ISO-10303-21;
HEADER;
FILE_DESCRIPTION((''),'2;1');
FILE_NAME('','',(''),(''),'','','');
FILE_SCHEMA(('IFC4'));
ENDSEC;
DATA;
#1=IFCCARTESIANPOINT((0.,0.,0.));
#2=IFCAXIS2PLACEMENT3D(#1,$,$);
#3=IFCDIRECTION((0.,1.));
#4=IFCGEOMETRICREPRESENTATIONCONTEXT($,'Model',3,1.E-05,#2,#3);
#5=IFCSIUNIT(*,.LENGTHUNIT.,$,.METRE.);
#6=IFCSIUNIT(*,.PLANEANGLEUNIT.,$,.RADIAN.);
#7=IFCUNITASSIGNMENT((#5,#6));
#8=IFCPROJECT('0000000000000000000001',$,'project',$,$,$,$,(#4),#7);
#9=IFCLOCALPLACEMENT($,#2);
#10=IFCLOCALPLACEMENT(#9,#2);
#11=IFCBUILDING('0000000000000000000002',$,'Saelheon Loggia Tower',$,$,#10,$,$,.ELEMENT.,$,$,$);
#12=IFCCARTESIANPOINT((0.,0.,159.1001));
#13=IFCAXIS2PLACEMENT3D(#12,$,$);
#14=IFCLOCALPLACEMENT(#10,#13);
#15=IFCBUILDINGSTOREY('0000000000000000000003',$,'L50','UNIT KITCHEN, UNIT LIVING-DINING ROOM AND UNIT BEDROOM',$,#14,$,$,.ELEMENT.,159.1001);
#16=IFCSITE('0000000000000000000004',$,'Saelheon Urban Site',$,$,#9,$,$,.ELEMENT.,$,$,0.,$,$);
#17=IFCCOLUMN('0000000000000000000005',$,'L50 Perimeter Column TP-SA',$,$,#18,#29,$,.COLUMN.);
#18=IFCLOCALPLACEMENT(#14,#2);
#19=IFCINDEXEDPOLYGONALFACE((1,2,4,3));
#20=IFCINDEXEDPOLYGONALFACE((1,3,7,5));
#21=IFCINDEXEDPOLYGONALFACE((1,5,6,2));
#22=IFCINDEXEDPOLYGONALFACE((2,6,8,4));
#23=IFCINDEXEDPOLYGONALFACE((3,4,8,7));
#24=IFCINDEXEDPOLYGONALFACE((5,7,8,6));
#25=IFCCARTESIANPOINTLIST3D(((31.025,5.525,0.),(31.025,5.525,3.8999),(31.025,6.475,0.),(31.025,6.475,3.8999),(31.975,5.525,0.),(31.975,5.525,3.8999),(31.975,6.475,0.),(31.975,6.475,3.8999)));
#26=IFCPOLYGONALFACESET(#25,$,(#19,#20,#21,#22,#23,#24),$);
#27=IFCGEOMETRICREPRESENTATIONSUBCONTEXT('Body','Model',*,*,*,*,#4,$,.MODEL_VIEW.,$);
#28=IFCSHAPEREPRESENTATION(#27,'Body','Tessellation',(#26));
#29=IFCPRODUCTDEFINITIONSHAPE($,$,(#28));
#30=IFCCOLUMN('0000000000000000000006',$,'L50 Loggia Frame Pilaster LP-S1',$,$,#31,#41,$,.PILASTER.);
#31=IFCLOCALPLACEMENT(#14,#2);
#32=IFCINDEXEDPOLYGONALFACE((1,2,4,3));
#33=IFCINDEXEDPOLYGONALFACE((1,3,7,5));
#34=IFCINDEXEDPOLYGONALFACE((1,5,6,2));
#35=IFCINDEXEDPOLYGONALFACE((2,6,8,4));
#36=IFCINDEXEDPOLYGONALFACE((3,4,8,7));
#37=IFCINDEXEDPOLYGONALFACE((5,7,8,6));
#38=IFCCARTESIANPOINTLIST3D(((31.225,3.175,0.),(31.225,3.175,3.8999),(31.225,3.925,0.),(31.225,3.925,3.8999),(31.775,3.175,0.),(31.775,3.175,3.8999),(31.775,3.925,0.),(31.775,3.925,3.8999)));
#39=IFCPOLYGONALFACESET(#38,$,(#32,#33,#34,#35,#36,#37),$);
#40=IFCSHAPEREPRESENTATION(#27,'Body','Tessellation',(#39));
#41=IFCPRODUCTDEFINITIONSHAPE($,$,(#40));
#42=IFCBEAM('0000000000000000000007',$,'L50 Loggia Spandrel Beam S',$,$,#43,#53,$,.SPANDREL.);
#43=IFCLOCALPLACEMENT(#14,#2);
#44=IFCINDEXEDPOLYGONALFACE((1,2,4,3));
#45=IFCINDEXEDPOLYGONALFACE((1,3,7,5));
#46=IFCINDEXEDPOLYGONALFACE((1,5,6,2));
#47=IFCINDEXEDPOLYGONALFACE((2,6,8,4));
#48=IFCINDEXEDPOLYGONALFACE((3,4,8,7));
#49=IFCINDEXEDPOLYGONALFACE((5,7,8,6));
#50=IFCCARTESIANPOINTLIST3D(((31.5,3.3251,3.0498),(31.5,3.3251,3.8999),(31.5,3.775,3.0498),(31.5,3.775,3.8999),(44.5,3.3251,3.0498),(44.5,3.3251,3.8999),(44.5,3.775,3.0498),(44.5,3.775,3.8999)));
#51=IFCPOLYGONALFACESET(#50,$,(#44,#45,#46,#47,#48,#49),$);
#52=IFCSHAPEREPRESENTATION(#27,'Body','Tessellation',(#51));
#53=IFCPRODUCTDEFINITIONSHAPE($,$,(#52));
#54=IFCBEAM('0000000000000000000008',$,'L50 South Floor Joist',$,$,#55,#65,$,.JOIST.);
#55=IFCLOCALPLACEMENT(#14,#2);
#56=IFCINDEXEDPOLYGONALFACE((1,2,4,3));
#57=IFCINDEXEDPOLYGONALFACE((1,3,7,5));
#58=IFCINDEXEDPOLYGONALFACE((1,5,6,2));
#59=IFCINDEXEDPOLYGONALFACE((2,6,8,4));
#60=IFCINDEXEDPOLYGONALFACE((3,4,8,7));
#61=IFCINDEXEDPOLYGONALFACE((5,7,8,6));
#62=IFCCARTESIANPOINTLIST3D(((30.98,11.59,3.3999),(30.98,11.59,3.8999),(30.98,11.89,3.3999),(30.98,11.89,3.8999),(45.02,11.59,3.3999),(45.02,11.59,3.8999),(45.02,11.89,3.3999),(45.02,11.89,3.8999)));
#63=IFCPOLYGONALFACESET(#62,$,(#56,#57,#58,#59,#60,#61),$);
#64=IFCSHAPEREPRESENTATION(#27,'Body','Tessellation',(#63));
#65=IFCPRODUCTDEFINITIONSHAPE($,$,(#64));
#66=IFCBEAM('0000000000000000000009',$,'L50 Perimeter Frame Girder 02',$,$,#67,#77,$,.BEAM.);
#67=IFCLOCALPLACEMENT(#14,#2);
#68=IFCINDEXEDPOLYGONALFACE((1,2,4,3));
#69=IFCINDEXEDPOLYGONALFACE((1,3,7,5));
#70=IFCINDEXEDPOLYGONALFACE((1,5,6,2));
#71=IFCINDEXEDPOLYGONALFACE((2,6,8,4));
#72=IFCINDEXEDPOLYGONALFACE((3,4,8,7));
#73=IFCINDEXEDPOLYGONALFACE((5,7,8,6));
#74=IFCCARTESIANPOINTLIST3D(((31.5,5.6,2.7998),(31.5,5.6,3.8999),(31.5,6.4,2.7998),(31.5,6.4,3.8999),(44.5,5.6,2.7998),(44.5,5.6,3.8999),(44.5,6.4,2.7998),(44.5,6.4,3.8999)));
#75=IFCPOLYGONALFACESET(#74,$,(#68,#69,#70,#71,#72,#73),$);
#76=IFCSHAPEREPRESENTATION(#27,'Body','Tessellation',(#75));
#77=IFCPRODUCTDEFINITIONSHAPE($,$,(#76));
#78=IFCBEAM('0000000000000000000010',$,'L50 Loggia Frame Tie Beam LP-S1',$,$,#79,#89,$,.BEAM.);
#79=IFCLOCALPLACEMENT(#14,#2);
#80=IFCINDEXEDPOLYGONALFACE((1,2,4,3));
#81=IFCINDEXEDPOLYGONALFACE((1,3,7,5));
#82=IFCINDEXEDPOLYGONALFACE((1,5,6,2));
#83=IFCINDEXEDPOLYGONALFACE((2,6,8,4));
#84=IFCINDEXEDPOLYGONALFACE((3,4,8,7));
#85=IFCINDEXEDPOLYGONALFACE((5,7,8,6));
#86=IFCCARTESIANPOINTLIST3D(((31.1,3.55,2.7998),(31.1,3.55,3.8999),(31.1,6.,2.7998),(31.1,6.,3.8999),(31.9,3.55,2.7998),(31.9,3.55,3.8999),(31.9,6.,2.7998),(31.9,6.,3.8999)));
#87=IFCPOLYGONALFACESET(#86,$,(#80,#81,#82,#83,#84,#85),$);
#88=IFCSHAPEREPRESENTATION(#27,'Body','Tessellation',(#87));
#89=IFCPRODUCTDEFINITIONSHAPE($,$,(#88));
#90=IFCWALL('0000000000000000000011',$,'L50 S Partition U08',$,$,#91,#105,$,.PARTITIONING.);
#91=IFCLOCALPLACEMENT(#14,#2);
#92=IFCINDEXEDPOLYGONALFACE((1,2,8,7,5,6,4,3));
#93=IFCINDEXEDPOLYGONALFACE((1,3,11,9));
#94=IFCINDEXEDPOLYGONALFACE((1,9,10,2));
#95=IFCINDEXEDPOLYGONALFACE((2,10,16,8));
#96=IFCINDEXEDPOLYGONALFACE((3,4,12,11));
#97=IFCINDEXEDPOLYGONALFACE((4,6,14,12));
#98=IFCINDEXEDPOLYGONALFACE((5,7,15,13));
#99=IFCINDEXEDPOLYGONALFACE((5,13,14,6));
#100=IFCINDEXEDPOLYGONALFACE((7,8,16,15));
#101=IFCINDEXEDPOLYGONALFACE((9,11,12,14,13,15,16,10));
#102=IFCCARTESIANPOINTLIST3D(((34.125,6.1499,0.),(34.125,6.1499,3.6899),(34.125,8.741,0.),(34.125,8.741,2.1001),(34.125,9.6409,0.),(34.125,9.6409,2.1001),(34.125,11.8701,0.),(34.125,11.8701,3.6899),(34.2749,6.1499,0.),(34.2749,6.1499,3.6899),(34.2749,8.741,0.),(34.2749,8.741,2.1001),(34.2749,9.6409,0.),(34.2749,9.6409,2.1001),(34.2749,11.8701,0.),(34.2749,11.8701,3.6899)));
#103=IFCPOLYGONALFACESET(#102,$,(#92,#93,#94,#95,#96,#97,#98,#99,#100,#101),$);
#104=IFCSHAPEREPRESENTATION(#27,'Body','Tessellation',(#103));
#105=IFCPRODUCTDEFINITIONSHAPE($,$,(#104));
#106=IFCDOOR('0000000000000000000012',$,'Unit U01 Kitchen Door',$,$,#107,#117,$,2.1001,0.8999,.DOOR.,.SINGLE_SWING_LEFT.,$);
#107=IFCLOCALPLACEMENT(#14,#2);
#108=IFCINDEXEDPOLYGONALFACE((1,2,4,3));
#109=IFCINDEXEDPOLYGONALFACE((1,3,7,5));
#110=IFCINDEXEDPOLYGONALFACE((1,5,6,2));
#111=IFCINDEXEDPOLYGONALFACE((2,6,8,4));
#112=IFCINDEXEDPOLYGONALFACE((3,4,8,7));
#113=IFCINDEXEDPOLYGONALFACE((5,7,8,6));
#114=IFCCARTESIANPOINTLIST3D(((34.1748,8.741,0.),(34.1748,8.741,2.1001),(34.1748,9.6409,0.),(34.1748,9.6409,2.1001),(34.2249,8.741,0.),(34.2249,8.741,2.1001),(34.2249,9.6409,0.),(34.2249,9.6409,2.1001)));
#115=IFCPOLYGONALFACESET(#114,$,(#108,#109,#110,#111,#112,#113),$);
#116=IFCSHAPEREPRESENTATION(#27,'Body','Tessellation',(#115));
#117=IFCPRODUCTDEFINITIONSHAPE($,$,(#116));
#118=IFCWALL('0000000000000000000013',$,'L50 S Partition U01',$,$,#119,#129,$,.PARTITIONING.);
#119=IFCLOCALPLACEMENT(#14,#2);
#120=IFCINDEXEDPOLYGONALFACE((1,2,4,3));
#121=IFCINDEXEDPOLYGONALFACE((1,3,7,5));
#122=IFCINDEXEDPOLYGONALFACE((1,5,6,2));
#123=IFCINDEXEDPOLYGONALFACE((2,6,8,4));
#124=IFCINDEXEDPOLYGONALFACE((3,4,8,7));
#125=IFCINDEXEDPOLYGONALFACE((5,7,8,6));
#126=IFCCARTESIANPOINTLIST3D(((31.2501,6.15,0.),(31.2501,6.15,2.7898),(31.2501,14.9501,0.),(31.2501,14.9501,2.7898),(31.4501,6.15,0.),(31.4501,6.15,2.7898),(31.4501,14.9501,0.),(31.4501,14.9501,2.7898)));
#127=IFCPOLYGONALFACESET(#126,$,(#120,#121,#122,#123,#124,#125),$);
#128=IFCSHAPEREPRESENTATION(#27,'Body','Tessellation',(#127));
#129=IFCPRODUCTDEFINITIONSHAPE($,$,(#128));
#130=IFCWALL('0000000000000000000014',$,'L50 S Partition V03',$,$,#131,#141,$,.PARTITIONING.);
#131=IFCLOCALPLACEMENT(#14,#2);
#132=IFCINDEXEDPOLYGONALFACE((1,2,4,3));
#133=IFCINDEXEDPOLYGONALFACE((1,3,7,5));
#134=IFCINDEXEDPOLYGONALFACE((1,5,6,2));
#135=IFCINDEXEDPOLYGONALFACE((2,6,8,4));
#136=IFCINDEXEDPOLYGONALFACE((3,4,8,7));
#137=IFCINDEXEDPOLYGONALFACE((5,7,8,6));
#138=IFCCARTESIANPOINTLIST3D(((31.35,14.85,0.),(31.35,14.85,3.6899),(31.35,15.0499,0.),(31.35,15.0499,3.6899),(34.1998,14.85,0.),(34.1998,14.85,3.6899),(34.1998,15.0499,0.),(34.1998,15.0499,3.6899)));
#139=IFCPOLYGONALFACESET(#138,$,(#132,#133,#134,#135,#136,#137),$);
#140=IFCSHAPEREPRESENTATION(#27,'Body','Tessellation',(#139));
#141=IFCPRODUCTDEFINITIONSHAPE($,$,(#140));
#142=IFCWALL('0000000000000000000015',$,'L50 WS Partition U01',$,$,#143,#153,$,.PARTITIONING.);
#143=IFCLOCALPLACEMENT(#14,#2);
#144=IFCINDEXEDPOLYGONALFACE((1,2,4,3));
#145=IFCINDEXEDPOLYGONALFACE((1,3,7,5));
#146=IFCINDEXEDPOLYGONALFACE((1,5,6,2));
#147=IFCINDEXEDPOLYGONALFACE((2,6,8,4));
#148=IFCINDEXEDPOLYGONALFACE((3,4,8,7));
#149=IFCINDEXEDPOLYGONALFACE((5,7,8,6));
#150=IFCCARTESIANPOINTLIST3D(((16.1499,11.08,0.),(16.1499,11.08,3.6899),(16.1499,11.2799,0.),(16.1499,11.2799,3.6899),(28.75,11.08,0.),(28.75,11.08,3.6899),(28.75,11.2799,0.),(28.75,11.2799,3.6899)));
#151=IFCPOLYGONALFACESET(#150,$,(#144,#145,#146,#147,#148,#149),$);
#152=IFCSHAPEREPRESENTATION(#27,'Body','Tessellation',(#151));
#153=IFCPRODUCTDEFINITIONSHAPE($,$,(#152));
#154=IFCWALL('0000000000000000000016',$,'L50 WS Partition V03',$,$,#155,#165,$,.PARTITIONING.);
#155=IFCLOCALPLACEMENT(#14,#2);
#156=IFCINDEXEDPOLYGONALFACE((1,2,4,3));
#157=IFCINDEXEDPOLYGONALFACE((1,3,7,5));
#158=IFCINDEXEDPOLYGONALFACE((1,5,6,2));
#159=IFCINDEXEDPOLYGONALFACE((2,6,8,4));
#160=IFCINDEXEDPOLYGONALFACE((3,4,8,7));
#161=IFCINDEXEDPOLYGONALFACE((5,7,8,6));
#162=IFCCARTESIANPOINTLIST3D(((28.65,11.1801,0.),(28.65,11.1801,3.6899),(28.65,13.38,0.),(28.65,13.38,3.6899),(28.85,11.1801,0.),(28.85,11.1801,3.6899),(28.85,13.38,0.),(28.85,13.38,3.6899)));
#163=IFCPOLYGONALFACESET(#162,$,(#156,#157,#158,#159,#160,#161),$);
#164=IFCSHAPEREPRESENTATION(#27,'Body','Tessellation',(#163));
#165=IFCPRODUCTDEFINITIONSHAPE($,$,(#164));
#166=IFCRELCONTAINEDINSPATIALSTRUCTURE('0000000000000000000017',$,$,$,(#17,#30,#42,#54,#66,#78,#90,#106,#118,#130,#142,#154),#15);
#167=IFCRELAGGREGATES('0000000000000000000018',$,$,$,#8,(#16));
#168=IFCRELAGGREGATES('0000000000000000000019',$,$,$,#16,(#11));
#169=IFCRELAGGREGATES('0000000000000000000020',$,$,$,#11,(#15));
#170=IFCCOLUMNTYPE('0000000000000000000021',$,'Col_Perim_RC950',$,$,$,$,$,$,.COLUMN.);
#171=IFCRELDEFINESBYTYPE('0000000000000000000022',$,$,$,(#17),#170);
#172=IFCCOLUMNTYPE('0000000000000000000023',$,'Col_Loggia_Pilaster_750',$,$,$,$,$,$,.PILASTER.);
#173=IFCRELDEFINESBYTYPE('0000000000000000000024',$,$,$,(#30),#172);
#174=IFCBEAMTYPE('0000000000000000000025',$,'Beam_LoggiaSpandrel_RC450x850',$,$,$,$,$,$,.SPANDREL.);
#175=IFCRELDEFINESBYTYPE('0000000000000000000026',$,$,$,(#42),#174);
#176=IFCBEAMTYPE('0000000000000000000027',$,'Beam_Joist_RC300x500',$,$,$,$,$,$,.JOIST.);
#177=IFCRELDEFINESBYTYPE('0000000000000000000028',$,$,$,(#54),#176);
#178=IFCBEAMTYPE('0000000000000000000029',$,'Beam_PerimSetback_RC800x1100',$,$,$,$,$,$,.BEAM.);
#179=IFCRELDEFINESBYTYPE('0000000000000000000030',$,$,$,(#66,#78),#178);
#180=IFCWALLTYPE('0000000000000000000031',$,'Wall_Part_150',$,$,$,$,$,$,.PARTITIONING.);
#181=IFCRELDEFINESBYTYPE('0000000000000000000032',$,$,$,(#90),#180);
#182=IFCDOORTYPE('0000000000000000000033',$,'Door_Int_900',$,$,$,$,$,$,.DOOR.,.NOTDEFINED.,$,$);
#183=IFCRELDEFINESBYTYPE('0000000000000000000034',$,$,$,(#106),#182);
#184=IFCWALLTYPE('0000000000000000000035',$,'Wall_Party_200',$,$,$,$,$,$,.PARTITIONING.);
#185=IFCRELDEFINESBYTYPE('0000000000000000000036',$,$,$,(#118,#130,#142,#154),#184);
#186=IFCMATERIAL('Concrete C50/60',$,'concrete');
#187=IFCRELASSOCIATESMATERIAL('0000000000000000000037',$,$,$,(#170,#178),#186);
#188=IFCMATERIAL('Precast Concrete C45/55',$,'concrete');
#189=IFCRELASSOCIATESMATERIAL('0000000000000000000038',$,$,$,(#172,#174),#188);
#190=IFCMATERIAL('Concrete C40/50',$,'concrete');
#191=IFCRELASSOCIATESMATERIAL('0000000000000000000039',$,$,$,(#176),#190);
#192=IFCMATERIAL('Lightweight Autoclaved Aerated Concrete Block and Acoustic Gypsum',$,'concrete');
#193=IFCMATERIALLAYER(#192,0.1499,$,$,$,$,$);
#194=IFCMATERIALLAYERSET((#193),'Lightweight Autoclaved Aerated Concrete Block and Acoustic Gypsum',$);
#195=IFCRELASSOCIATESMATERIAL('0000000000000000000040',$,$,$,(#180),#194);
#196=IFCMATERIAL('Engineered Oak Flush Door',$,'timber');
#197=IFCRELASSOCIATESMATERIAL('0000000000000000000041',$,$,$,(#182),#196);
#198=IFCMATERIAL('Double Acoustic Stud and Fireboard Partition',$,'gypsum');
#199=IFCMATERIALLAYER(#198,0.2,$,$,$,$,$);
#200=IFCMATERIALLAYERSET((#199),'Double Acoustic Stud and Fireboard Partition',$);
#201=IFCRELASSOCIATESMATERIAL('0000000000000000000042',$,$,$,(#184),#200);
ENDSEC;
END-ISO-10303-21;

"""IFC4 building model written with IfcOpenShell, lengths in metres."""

from ifc_helpers import new_model, si_unit, direction, frame, frame_2d, origin, origin_2d, place, context, subcontext, project, spatial, rectangle, extrude, source, transform, mapped, material, layer, layer_set, material_profile, profile_set, type_object, element, fill, save


model = new_model("IFC4")

# Units and contexts
model_context = context("Model", 3, precision=1e-05, world=origin(), true_north=direction((0.0, 1.0)))
body_context = subcontext(model_context, "Body", "Model", "MODEL_VIEW")
ifc_project = project(units=[si_unit("LENGTHUNIT", "METRE"), si_unit("PLANEANGLEUNIT", "RADIAN")], contexts=[model_context])

# Site, building, storey
site_placement = place(None, origin())
site = spatial("IfcSite", under=ifc_project, at=site_placement, Name="Saelheon Urban Site", CompositionType="ELEMENT", RefElevation=0.0)
building_placement = place(site_placement, origin())
building = spatial("IfcBuilding", under=site, at=building_placement, Name="Saelheon Loggia Tower", CompositionType="ELEMENT")
storey_placement = place(building_placement, frame((0.0, 0.0, 159.1001)))
storey = spatial("IfcBuildingStorey", under=building, at=storey_placement, Name="L50", Description="UNIT KITCHEN, UNIT LIVING-DINING ROOM AND UNIT BEDROOM", CompositionType="ELEMENT", Elevation=159.1001)

# Columns
ifc_material_1 = material(Name="Concrete C50/60", Category="concrete")
ifc_material_profile_1 = material_profile(ifc_material_1, rectangle(XDim=0.95, YDim=0.95, at=origin_2d()), Name="RC-950x950")
ifc_profile_set_1 = profile_set([ifc_material_profile_1], Name="Concrete C50/60")
column_type_1 = type_object("IfcColumnType", Name="Col_Perim_RC950", PredefinedType="COLUMN", material=ifc_profile_set_1)
shared_shape_1 = source(origin(), body_context, "Body", "SweptSolid", [
    extrude(rectangle(XDim=0.95, YDim=0.95, at=origin_2d()), origin(), (0.0, 0.0, 1.0), 3.8999),
])
column_1_placement = place(storey_placement, frame((31.5, 6.0, 0.0), z_axis=(0.0, 0.0, 1.0), x_axis=(1.0, 0.0, 0.0)))
element("IfcColumn", 1, at=column_1_placement, inside=storey, type_object=column_type_1, Name="L50 Perimeter Column TP-SA", PredefinedType="COLUMN", context=body_context, shape_type="MappedRepresentation", body=[
    mapped(shared_shape_1, transform((0.0, 0.0, 0.0), scale=1.0)),
])
ifc_material_2 = material(Name="Precast Concrete C45/55", Category="concrete")
ifc_material_profile_2 = material_profile(ifc_material_2, rectangle(XDim=0.55, YDim=0.75, at=origin_2d()), Name="RC-550x750")
ifc_profile_set_2 = profile_set([ifc_material_profile_2], Name="Precast Concrete C45/55")
column_type_2 = type_object("IfcColumnType", Name="Col_Loggia_Pilaster_750", PredefinedType="PILASTER", material=ifc_profile_set_2)
shared_shape_2 = source(origin(), body_context, "Body", "SweptSolid", [
    extrude(rectangle(XDim=0.55, YDim=0.75, at=origin_2d()), origin(), (0.0, 0.0, 1.0), 3.8999),
])
column_2_placement = place(storey_placement, frame((31.5, 3.55, 0.0), z_axis=(0.0, 0.0, 1.0), x_axis=(1.0, 0.0, 0.0)))
element("IfcColumn", 2, at=column_2_placement, inside=storey, type_object=column_type_2, Name="L50 Loggia Frame Pilaster LP-S1", PredefinedType="PILASTER", context=body_context, shape_type="MappedRepresentation", body=[
    mapped(shared_shape_2, transform((0.0, 0.0, 0.0), scale=1.0)),
])

# Beams
ifc_material_profile_3 = material_profile(ifc_material_2, rectangle(XDim=0.45, YDim=0.8501, at=origin_2d()), Name="RC-450x850")
ifc_profile_set_3 = profile_set([ifc_material_profile_3], Name="Precast Concrete C45/55")
beam_type_1 = type_object("IfcBeamType", Name="Beam_LoggiaSpandrel_RC450x850", PredefinedType="SPANDREL", material=ifc_profile_set_3)
shared_shape_3 = source(origin(), body_context, "Body", "SweptSolid", [
    extrude(rectangle(XDim=0.45, YDim=0.8501, at=origin_2d()), origin(), (0.0, 0.0, 1.0), 13.0),
])
beam_1_placement = place(storey_placement, frame((31.5, 3.55, 3.4749), z_axis=(1.0, 0.0, 0.0), x_axis=(0.0, 1.0, 0.0)))
element("IfcBeam", 3, at=beam_1_placement, inside=storey, type_object=beam_type_1, Name="L50 Loggia Spandrel Beam S", PredefinedType="SPANDREL", context=body_context, shape_type="MappedRepresentation", body=[
    mapped(shared_shape_3, transform((0.0, 0.0, 0.0), scale=1.0)),
])
ifc_material_3 = material(Name="Concrete C40/50", Category="concrete")
ifc_material_profile_4 = material_profile(ifc_material_3, rectangle(XDim=0.3, YDim=0.5, at=origin_2d()), Name="RC-300x500")
ifc_profile_set_4 = profile_set([ifc_material_profile_4], Name="Concrete C40/50")
beam_type_2 = type_object("IfcBeamType", Name="Beam_Joist_RC300x500", PredefinedType="JOIST", material=ifc_profile_set_4)
shared_shape_4 = source(origin(), body_context, "Body", "SweptSolid", [
    extrude(rectangle(XDim=0.3, YDim=0.5, at=origin_2d()), origin(), (0.0, 0.0, 1.0), 14.04),
])
beam_2_placement = place(storey_placement, frame((30.98, 11.74, 3.6499), z_axis=(1.0, 0.0, 0.0), x_axis=(0.0, 1.0, 0.0)))
element("IfcBeam", 4, at=beam_2_placement, inside=storey, type_object=beam_type_2, Name="L50 South Floor Joist", PredefinedType="JOIST", context=body_context, shape_type="MappedRepresentation", body=[
    mapped(shared_shape_4, transform((0.0, 0.0, 0.0), scale=1.0)),
])
ifc_material_profile_5 = material_profile(ifc_material_1, rectangle(XDim=0.8, YDim=1.1001, at=origin_2d()), Name="RC-800x1100")
ifc_profile_set_5 = profile_set([ifc_material_profile_5], Name="Concrete C50/60")
beam_type_3 = type_object("IfcBeamType", Name="Beam_PerimSetback_RC800x1100", PredefinedType="BEAM", material=ifc_profile_set_5)
shared_shape_5 = source(origin(), body_context, "Body", "SweptSolid", [
    extrude(rectangle(XDim=0.8, YDim=1.1001, at=origin_2d()), origin(), (0.0, 0.0, 1.0), 13.0),
])
beam_3_placement = place(storey_placement, frame((31.5, 6.0, 3.3499), z_axis=(1.0, 0.0, 0.0), x_axis=(0.0, 1.0, 0.0)))
element("IfcBeam", 5, at=beam_3_placement, inside=storey, type_object=beam_type_3, Name="L50 Perimeter Frame Girder 02", PredefinedType="BEAM", context=body_context, shape_type="MappedRepresentation", body=[
    mapped(shared_shape_5, transform((0.0, 0.0, 0.0), scale=1.0)),
])
shared_shape_6 = source(origin(), body_context, "Body", "SweptSolid", [
    extrude(rectangle(XDim=0.8, YDim=1.1001, at=origin_2d()), origin(), (0.0, 0.0, 1.0), 2.45),
])
beam_4_placement = place(storey_placement, frame((31.5, 6.0, 3.3499), z_axis=(0.0, -1.0, 0.0), x_axis=(1.0, 0.0, 0.0)))
element("IfcBeam", 6, at=beam_4_placement, inside=storey, type_object=beam_type_3, Name="L50 Loggia Frame Tie Beam LP-S1", PredefinedType="BEAM", context=body_context, shape_type="MappedRepresentation", body=[
    mapped(shared_shape_6, transform((0.0, 0.0, 0.0), scale=1.0)),
])

# Wall, opening, door
ifc_material_4 = material(Name="Lightweight Autoclaved Aerated Concrete Block and Acoustic Gypsum", Category="concrete")
ifc_layer_1 = layer(ifc_material_4, 0.1499)
ifc_layer_set_1 = layer_set([ifc_layer_1], Name="Lightweight Autoclaved Aerated Concrete Block and Acoustic Gypsum")
wall_type_1 = type_object("IfcWallType", Name="Wall_Part_150", PredefinedType="PARTITIONING", material=ifc_layer_set_1)
wall_1_placement = place(storey_placement, frame((34.2, 11.8701, 0.0), z_axis=(0.0, 0.0, 1.0), x_axis=(0.0, -1.0, 0.0)))
wall_1 = element("IfcWall", 7, at=wall_1_placement, inside=storey, type_object=wall_type_1, Name="L50 S Partition U08", PredefinedType="PARTITIONING", context=body_context, shape_type="SweptSolid", body=[
    extrude(rectangle(XDim=5.7202, YDim=0.1499, at=frame_2d((2.8601, 0.0))), origin(), (0.0, 0.0, 1.0), 3.6899),
])
opening_1_placement = place(wall_1_placement, frame((2.2292, 0.0, 0.0)))
opening_1 = element("IfcOpeningElement", 8, at=opening_1_placement, cuts=wall_1, PredefinedType="OPENING", context=body_context, shape_type="SweptSolid", body=[
    extrude(rectangle(XDim=0.8999, YDim=2.1001, at=frame_2d((0.45, 1.05))), frame((0.0, 0.0869, 0.0), z_axis=(0.0, -1.0, 0.0), x_axis=(1.0, 0.0, 0.0)), (0.0, 0.0, 1.0), 0.1738),
])
ifc_material_5 = material(Name="Engineered Oak Flush Door", Category="timber")
door_type_1 = type_object("IfcDoorType", Name="Door_Int_900", OperationType="NOTDEFINED", PredefinedType="DOOR", material=ifc_material_5)
shared_shape_7 = source(origin(), body_context, "Body", "SweptSolid", [
    extrude(rectangle(XDim=0.8999, YDim=2.1001, at=frame_2d((0.45, 1.05))), frame((0.0, 0.0249, 0.0), z_axis=(0.0, -1.0, 0.0), x_axis=(1.0, 0.0, 0.0)), (0.0, 0.0, 1.0), 0.05),
])
door_1_placement = place(opening_1_placement, origin())
door_1 = element("IfcDoor", 9, at=door_1_placement, inside=storey, type_object=door_type_1, Name="Unit U01 Kitchen Door", OperationType="SINGLE_SWING_LEFT", OverallHeight=2.1001, OverallWidth=0.8999, PredefinedType="DOOR", context=body_context, shape_type="MappedRepresentation", body=[
    mapped(shared_shape_7, transform((0.0, 0.0, 0.0), scale=1.0)),
])
fill(opening_1, door_1)

# Walls
ifc_material_6 = material(Name="Double Acoustic Stud and Fireboard Partition", Category="gypsum")
ifc_layer_2 = layer(ifc_material_6, 0.2)
ifc_layer_set_2 = layer_set([ifc_layer_2], Name="Double Acoustic Stud and Fireboard Partition")
wall_type_2 = type_object("IfcWallType", Name="Wall_Party_200", PredefinedType="PARTITIONING", material=ifc_layer_set_2)
wall_2_placement = place(storey_placement, frame((31.3501, 14.95, 0.0), z_axis=(0.0, 0.0, 1.0), x_axis=(0.0, -1.0, 0.0)))
element("IfcWall", 10, at=wall_2_placement, inside=storey, type_object=wall_type_2, Name="L50 S Partition U01", PredefinedType="PARTITIONING", context=body_context, shape_type="SweptSolid", body=[
    extrude(rectangle(XDim=8.8, YDim=0.2, at=frame_2d((4.3999, 0.0))), origin(), (0.0, 0.0, 1.0), 2.7898),
])
wall_3_placement = place(storey_placement, frame((31.3501, 14.95, 0.0), z_axis=(0.0, 0.0, 1.0), x_axis=(1.0, 0.0, 0.0)))
element("IfcWall", 11, at=wall_3_placement, inside=storey, type_object=wall_type_2, Name="L50 S Partition V03", PredefinedType="PARTITIONING", context=body_context, shape_type="SweptSolid", body=[
    extrude(rectangle(XDim=2.8499, YDim=0.2, at=frame_2d((1.4248, 0.0))), origin(), (0.0, 0.0, 1.0), 3.6899),
])

# Walls
wall_4_placement = place(storey_placement, frame((28.75, 11.1799, 0.0), z_axis=(0.0, 0.0, 1.0), x_axis=(-1.0, 0.0, 0.0)))
element("IfcWall", 12, at=wall_4_placement, inside=storey, type_object=wall_type_2, Name="L50 WS Partition U01", PredefinedType="PARTITIONING", context=body_context, shape_type="SweptSolid", body=[
    extrude(rectangle(XDim=12.6001, YDim=0.2, at=frame_2d((6.3, 0.0))), origin(), (0.0, 0.0, 1.0), 3.6899),
])
wall_5_placement = place(storey_placement, frame((28.75, 11.1799, 0.0), z_axis=(0.0, 0.0, 1.0), x_axis=(0.0, 1.0, 0.0)))
element("IfcWall", 13, at=wall_5_placement, inside=storey, type_object=wall_type_2, Name="L50 WS Partition V03", PredefinedType="PARTITIONING", context=body_context, shape_type="SweptSolid", body=[
    extrude(rectangle(XDim=2.2, YDim=0.2, at=frame_2d((1.1001, 0.0))), origin(), (0.0, 0.0, 1.0), 3.6899),
])

save(model, "model.ifc")
